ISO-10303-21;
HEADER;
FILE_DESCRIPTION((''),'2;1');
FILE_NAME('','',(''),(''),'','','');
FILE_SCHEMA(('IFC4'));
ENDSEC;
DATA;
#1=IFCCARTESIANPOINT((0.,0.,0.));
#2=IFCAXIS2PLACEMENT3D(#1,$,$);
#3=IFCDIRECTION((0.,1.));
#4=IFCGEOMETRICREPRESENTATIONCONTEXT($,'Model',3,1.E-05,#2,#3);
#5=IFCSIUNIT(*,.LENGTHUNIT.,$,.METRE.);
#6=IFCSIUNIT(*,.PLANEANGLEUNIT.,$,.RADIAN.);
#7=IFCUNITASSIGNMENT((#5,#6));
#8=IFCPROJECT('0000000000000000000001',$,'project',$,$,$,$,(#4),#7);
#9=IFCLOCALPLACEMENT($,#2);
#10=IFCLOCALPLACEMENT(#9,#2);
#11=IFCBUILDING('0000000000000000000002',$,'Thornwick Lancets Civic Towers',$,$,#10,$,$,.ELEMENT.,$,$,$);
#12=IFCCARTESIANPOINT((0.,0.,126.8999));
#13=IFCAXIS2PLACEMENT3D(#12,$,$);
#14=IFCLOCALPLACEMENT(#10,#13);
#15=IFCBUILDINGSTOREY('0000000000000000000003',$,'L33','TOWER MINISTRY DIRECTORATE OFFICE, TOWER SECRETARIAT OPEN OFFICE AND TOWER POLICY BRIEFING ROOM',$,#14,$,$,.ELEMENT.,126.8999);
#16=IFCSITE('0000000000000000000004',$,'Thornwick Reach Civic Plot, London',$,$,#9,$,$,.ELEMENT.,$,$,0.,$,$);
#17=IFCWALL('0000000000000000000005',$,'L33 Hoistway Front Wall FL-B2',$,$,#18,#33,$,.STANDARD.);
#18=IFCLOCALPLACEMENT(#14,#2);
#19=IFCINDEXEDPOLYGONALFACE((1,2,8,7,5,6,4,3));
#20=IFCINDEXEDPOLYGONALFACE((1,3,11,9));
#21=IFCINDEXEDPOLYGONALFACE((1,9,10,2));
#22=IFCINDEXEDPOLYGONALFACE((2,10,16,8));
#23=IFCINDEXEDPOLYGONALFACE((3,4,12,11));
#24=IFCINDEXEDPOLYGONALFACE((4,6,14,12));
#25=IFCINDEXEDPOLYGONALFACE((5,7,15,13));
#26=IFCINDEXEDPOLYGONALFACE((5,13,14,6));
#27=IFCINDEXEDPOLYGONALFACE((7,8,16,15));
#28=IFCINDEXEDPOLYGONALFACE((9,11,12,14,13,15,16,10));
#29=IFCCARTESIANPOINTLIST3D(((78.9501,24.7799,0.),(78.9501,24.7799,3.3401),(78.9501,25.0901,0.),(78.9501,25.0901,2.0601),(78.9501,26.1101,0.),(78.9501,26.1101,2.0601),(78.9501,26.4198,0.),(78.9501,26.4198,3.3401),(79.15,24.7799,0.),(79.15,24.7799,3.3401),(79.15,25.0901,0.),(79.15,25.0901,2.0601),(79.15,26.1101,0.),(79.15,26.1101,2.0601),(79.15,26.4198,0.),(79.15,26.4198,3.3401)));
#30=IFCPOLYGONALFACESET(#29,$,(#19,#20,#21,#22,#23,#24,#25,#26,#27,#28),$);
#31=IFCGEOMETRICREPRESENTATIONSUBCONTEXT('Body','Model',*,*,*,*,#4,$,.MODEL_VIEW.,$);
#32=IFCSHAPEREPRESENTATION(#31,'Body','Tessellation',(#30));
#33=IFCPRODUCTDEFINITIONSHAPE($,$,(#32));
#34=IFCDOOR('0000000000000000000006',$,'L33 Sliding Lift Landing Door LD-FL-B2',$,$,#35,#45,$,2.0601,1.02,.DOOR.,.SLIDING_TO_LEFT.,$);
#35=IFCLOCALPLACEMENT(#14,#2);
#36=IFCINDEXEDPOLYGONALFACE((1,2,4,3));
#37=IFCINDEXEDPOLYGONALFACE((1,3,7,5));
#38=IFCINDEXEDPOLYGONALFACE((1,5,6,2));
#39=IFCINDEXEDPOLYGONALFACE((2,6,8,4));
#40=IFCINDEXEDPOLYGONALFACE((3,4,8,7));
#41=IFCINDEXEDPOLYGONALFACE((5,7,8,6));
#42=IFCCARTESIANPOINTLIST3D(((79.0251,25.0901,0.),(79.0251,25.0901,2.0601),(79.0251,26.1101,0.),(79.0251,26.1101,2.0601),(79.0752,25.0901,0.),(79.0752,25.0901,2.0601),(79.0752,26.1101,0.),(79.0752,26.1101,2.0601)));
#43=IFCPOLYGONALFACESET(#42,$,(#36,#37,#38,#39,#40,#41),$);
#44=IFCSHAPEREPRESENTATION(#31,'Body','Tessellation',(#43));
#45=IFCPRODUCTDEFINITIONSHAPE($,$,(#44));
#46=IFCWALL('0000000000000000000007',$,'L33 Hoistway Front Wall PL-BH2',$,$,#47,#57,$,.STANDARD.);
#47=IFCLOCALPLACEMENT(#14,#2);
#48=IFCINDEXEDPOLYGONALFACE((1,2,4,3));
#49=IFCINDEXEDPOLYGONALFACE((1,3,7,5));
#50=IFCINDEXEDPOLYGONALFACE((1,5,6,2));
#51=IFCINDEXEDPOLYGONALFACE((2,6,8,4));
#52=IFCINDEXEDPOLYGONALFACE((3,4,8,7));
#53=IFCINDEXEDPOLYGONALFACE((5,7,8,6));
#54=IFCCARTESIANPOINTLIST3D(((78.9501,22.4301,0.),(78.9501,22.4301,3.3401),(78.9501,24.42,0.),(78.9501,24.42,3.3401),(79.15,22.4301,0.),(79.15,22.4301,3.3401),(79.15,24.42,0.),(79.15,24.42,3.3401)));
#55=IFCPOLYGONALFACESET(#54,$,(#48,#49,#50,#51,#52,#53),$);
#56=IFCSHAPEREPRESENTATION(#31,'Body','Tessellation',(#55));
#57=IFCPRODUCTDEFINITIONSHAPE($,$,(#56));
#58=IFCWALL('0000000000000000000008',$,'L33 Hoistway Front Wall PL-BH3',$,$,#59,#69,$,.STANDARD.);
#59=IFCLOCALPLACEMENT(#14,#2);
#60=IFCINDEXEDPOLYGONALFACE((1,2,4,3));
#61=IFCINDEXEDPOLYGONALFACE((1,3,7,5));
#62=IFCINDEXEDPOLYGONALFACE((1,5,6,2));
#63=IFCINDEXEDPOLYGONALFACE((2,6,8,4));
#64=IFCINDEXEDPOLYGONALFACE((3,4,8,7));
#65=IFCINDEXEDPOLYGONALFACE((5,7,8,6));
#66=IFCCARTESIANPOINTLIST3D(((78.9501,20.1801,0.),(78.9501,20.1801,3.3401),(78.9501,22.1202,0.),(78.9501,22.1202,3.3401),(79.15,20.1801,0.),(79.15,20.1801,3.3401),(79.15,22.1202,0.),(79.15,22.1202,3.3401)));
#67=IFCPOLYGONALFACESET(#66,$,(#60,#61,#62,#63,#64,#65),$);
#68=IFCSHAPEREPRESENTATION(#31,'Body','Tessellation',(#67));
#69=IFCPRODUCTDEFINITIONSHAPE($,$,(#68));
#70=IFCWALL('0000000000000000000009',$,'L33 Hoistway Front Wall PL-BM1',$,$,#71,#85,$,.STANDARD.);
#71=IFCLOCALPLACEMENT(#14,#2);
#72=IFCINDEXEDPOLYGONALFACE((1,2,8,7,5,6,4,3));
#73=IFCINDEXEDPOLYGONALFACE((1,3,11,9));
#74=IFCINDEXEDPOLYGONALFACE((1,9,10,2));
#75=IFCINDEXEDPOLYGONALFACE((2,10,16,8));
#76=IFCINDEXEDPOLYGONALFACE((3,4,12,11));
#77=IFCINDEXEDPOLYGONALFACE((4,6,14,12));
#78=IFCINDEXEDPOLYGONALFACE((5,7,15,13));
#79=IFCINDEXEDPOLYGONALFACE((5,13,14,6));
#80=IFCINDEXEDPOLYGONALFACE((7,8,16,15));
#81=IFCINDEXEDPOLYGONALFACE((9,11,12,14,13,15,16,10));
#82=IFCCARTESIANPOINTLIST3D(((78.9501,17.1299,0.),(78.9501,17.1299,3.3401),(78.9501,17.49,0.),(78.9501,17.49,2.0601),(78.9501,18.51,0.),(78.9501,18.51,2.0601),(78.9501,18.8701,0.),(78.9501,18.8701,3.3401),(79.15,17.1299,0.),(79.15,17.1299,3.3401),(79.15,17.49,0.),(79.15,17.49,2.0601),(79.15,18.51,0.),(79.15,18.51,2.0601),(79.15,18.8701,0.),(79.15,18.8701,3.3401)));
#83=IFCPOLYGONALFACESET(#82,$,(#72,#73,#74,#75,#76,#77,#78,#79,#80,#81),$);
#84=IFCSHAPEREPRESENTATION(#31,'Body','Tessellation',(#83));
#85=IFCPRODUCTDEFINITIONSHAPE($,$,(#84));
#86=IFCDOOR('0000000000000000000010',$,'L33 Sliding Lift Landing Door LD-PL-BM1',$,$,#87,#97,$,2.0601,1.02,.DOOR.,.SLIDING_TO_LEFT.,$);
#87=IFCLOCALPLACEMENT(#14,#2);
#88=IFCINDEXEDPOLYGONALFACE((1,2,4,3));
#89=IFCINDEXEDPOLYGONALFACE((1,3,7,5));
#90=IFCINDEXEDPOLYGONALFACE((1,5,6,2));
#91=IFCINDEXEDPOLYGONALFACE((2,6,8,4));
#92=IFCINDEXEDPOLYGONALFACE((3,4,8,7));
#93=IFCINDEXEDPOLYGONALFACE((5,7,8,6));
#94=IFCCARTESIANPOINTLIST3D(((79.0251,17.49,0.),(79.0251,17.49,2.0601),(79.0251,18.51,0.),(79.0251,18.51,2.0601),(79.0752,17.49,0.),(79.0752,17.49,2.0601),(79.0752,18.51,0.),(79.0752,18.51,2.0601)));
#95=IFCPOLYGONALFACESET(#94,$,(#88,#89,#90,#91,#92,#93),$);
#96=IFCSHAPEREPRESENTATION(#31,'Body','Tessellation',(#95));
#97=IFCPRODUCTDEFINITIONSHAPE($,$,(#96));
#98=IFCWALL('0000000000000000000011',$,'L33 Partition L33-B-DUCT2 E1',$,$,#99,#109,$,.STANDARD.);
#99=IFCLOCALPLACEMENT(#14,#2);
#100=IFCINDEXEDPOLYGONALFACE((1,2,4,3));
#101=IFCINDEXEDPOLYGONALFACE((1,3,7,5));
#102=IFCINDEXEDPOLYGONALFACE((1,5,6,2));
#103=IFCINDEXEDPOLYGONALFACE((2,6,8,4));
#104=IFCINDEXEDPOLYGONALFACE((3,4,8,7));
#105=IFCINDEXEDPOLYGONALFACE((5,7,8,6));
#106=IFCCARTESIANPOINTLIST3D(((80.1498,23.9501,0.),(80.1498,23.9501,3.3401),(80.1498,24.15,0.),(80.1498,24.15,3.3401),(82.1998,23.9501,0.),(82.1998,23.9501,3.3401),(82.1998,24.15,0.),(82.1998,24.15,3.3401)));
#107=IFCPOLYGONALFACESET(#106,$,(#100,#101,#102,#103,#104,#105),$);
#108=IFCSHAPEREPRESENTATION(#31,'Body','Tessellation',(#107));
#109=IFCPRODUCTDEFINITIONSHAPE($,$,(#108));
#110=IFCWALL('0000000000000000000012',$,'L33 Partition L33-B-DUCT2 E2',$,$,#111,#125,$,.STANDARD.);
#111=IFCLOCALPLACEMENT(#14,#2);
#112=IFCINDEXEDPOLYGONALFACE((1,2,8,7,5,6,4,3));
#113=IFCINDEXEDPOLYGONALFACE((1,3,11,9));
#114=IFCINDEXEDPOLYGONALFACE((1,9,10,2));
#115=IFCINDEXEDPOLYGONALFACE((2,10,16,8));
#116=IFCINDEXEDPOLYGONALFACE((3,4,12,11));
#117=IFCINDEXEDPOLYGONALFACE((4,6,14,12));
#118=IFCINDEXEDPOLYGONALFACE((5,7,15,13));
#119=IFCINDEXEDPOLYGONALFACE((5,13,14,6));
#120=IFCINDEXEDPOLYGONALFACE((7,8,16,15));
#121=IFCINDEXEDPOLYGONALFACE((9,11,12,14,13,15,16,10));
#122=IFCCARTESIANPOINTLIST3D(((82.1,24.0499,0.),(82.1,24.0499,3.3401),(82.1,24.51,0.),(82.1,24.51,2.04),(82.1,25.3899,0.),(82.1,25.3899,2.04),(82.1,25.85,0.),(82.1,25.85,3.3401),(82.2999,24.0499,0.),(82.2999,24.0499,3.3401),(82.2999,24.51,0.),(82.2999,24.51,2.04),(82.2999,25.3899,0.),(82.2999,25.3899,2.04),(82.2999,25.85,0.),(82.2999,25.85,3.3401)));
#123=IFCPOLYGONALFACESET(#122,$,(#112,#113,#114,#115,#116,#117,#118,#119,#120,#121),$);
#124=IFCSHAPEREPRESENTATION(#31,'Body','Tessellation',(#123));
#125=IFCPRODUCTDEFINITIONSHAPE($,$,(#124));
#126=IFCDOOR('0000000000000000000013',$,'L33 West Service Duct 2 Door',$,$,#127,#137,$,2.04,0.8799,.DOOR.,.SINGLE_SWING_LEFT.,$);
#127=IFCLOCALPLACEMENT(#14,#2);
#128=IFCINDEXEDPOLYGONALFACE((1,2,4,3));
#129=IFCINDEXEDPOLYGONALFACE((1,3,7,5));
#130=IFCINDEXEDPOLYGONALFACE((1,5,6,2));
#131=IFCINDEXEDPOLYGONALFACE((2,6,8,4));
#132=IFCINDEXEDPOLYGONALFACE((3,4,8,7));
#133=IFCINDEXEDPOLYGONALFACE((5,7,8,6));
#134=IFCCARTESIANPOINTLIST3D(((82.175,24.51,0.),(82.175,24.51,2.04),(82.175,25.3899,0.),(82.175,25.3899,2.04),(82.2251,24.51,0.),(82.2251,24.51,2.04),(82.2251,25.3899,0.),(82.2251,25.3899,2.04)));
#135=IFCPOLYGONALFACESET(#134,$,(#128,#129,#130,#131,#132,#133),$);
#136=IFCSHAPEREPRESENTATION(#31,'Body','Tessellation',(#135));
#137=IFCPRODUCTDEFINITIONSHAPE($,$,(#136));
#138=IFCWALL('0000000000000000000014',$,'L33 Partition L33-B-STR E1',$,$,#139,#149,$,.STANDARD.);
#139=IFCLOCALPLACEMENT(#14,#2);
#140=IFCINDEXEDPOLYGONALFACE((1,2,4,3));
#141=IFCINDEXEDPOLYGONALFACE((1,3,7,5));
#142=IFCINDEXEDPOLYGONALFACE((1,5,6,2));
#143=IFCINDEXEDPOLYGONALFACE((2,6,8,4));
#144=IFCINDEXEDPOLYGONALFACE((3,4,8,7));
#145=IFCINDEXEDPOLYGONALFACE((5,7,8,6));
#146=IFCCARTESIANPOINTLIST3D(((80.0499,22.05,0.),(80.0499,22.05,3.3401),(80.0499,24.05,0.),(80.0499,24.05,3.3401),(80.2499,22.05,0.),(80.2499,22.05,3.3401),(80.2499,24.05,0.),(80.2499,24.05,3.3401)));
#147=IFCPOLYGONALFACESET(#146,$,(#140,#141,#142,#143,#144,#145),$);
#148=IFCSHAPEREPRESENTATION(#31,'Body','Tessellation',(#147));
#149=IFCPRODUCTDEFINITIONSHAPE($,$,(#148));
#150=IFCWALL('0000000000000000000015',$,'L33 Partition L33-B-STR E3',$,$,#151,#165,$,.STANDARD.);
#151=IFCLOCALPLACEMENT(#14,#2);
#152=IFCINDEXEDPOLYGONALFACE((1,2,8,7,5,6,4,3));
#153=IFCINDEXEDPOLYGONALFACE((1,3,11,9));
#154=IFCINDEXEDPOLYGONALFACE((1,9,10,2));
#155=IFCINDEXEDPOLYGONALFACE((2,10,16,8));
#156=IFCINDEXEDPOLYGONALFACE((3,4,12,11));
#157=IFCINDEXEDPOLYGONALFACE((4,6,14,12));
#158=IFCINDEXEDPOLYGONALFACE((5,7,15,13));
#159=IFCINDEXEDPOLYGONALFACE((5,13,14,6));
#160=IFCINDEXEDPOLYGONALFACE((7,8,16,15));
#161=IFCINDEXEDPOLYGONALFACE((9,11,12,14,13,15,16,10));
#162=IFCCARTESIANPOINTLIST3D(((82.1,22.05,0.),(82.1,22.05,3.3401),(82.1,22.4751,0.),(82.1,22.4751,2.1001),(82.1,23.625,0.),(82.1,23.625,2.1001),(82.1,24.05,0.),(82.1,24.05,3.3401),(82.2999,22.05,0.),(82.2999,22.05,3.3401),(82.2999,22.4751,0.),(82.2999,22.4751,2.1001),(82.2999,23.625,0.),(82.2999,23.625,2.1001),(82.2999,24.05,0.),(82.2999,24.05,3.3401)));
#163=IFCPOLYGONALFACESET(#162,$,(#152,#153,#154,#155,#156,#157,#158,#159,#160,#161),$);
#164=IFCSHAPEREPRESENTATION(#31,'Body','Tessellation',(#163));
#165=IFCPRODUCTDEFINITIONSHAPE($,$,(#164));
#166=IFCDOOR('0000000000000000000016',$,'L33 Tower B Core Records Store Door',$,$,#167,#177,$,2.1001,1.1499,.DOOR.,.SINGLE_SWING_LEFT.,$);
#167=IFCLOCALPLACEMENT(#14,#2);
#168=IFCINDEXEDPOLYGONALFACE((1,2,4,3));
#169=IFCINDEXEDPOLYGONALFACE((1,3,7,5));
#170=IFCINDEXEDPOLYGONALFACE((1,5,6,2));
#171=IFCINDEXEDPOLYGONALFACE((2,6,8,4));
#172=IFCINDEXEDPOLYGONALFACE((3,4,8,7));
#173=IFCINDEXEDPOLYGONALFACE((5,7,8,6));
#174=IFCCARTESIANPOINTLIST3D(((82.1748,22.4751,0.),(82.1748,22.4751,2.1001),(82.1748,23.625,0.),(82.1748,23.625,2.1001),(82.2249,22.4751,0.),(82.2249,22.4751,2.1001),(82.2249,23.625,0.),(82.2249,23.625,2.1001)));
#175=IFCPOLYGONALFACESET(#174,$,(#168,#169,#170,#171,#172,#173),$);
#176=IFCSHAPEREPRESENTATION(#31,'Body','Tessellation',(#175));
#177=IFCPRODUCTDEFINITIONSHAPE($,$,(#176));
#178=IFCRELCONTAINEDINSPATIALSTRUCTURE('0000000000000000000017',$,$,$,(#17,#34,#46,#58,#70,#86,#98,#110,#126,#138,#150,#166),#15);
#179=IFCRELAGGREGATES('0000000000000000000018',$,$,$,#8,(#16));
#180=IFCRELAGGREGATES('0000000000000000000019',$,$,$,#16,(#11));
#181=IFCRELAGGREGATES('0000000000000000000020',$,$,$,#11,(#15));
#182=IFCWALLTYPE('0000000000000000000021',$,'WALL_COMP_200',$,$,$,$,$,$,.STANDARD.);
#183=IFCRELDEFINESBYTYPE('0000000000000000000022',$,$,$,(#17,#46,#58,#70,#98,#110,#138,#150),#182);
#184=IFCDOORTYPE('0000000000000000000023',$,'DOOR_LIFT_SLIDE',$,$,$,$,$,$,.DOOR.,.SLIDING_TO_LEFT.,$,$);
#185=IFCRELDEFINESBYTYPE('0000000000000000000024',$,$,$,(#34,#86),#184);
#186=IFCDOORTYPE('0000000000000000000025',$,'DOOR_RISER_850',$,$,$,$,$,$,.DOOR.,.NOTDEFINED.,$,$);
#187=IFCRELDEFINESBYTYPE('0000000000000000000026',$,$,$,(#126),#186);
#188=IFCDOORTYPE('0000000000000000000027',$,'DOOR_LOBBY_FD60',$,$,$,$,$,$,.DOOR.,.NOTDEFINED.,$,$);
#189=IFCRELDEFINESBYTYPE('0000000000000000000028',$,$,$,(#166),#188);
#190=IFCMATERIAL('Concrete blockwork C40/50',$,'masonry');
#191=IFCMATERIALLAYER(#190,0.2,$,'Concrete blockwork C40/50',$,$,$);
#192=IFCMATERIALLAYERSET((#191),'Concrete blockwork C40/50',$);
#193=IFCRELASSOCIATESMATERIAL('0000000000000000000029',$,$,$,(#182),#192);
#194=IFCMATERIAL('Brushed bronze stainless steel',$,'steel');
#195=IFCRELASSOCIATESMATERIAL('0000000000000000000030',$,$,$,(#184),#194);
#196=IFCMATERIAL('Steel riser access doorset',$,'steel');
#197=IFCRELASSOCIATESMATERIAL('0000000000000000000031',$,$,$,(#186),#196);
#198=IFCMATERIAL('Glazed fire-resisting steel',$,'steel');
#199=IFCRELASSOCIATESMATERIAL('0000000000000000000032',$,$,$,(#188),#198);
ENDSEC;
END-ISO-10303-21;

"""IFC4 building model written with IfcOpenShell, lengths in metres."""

from ifc_helpers import new_model, si_unit, direction, frame, frame_2d, origin, place, context, subcontext, project, spatial, rectangle, extrude, material, layer, layer_set, type_object, element, fill, save


model = new_model("IFC4")

# Units and contexts
model_context = context("Model", 3, precision=1e-05, world=origin(), true_north=direction((0.0, 1.0)))
body_context = subcontext(model_context, "Body", "Model", "MODEL_VIEW")
ifc_project = project(units=[si_unit("LENGTHUNIT", "METRE"), si_unit("PLANEANGLEUNIT", "RADIAN")], contexts=[model_context])

# Site, building, storey
site_placement = place(None, origin())
site = spatial("IfcSite", under=ifc_project, at=site_placement, Name="Thornwick Reach Civic Plot, London", CompositionType="ELEMENT", RefElevation=0.0)
building_placement = place(site_placement, origin())
building = spatial("IfcBuilding", under=site, at=building_placement, Name="Thornwick Lancets Civic Towers", CompositionType="ELEMENT")
storey_placement = place(building_placement, frame((0.0, 0.0, 126.8999)))
storey = spatial("IfcBuildingStorey", under=building, at=storey_placement, Name="L33", Description="TOWER MINISTRY DIRECTORATE OFFICE, TOWER SECRETARIAT OPEN OFFICE AND TOWER POLICY BRIEFING ROOM", CompositionType="ELEMENT", Elevation=126.8999)

# Wall, opening, door
ifc_material_1 = material(Name="Concrete blockwork C40/50", Category="masonry")
ifc_layer_1 = layer(ifc_material_1, 0.2, Name="Concrete blockwork C40/50")
ifc_layer_set_1 = layer_set([ifc_layer_1], Name="Concrete blockwork C40/50")
wall_type_1 = type_object("IfcWallType", Name="WALL_COMP_200", PredefinedType="STANDARD", material=ifc_layer_set_1)
wall_1_placement = place(storey_placement, frame((79.05, 24.78, 0.0), z_axis=(0.0, 0.0, 1.0), x_axis=(0.0, 1.0, 0.0)))
wall_1 = element("IfcWall", 1, at=wall_1_placement, inside=storey, type_object=wall_type_1, Name="L33 Hoistway Front Wall FL-B2", PredefinedType="STANDARD", context=body_context, shape_type="SweptSolid", body=[
    extrude(rectangle(XDim=1.6399, YDim=0.2, at=frame_2d((0.8198, 0.0))), origin(), (0.0, 0.0, 1.0), 3.3401),
])
opening_1_placement = place(wall_1_placement, frame((0.3101, 0.0, 0.0)))
opening_1 = element("IfcOpeningElement", 2, at=opening_1_placement, cuts=wall_1, PredefinedType="OPENING", context=body_context, shape_type="SweptSolid", body=[
    extrude(rectangle(XDim=1.02, YDim=2.0601, at=frame_2d((0.51, 1.03))), frame((0.0, 0.1099, 0.0), z_axis=(0.0, -1.0, 0.0), x_axis=(1.0, 0.0, 0.0)), (0.0, 0.0, 1.0), 0.22),
])
ifc_material_2 = material(Name="Brushed bronze stainless steel", Category="steel")
door_type_1 = type_object("IfcDoorType", Name="DOOR_LIFT_SLIDE", OperationType="SLIDING_TO_LEFT", PredefinedType="DOOR", material=ifc_material_2)
door_1_placement = place(opening_1_placement, origin())
door_1 = element("IfcDoor", 3, at=door_1_placement, inside=storey, type_object=door_type_1, Name="L33 Sliding Lift Landing Door LD-FL-B2", OperationType="SLIDING_TO_LEFT", OverallHeight=2.0601, OverallWidth=1.02, PredefinedType="DOOR", context=body_context, shape_type="SweptSolid", body=[
    extrude(rectangle(XDim=1.02, YDim=2.0601, at=frame_2d((0.51, 1.03))), frame((0.0, 0.0249, 0.0), z_axis=(0.0, -1.0, 0.0), x_axis=(1.0, 0.0, 0.0)), (0.0, 0.0, 1.0), 0.05),
])
fill(opening_1, door_1)

# Walls
wall_2_placement = place(storey_placement, frame((79.05, 22.4299, 0.0), z_axis=(0.0, 0.0, 1.0), x_axis=(0.0, 1.0, 0.0)))
element("IfcWall", 4, at=wall_2_placement, inside=storey, type_object=wall_type_1, Name="L33 Hoistway Front Wall PL-BH2", PredefinedType="STANDARD", context=body_context, shape_type="SweptSolid", body=[
    extrude(rectangle(XDim=1.99, YDim=0.2, at=frame_2d((0.9951, 0.0))), origin(), (0.0, 0.0, 1.0), 3.3401),
])
wall_3_placement = place(storey_placement, frame((79.05, 20.1799, 0.0), z_axis=(0.0, 0.0, 1.0), x_axis=(0.0, 1.0, 0.0)))
element("IfcWall", 5, at=wall_3_placement, inside=storey, type_object=wall_type_1, Name="L33 Hoistway Front Wall PL-BH3", PredefinedType="STANDARD", context=body_context, shape_type="SweptSolid", body=[
    extrude(rectangle(XDim=1.9402, YDim=0.2, at=frame_2d((0.9702, 0.0))), origin(), (0.0, 0.0, 1.0), 3.3401),
])

# Wall, opening, door
wall_4_placement = place(storey_placement, frame((79.05, 17.1299, 0.0), z_axis=(0.0, 0.0, 1.0), x_axis=(0.0, 1.0, 0.0)))
wall_4 = element("IfcWall", 6, at=wall_4_placement, inside=storey, type_object=wall_type_1, Name="L33 Hoistway Front Wall PL-BM1", PredefinedType="STANDARD", context=body_context, shape_type="SweptSolid", body=[
    extrude(rectangle(XDim=1.7402, YDim=0.2, at=frame_2d((0.8701, 0.0))), origin(), (0.0, 0.0, 1.0), 3.3401),
])
opening_2_placement = place(wall_4_placement, frame((0.3601, 0.0, 0.0)))
opening_2 = element("IfcOpeningElement", 7, at=opening_2_placement, cuts=wall_4, PredefinedType="OPENING", context=body_context, shape_type="SweptSolid", body=[
    extrude(rectangle(XDim=1.02, YDim=2.0601, at=frame_2d((0.51, 1.03))), frame((0.0, 0.1099, 0.0), z_axis=(0.0, -1.0, 0.0), x_axis=(1.0, 0.0, 0.0)), (0.0, 0.0, 1.0), 0.22),
])
door_2_placement = place(opening_2_placement, origin())
door_2 = element("IfcDoor", 8, at=door_2_placement, inside=storey, type_object=door_type_1, Name="L33 Sliding Lift Landing Door LD-PL-BM1", OperationType="SLIDING_TO_LEFT", OverallHeight=2.0601, OverallWidth=1.02, PredefinedType="DOOR", context=body_context, shape_type="SweptSolid", body=[
    extrude(rectangle(XDim=1.02, YDim=2.0601, at=frame_2d((0.51, 1.03))), frame((0.0, 0.0249, 0.0), z_axis=(0.0, -1.0, 0.0), x_axis=(1.0, 0.0, 0.0)), (0.0, 0.0, 1.0), 0.05),
])
fill(opening_2, door_2)

# Wall
wall_5_placement = place(storey_placement, frame((80.1499, 24.05, 0.0), z_axis=(0.0, 0.0, 1.0), x_axis=(1.0, 0.0, 0.0)))
element("IfcWall", 9, at=wall_5_placement, inside=storey, type_object=wall_type_1, Name="L33 Partition L33-B-DUCT2 E1", PredefinedType="STANDARD", context=body_context, shape_type="SweptSolid", body=[
    extrude(rectangle(XDim=2.05, YDim=0.2, at=frame_2d((1.0249, 0.0))), origin(), (0.0, 0.0, 1.0), 3.3401),
])

# Wall, opening, door
wall_6_placement = place(storey_placement, frame((82.2, 24.05, 0.0), z_axis=(0.0, 0.0, 1.0), x_axis=(0.0, 1.0, 0.0)))
wall_6 = element("IfcWall", 10, at=wall_6_placement, inside=storey, type_object=wall_type_1, Name="L33 Partition L33-B-DUCT2 E2", PredefinedType="STANDARD", context=body_context, shape_type="SweptSolid", body=[
    extrude(rectangle(XDim=1.8, YDim=0.2, at=frame_2d((0.8999, 0.0))), origin(), (0.0, 0.0, 1.0), 3.3401),
])
opening_3_placement = place(wall_6_placement, frame((0.46, 0.0, 0.0)))
opening_3 = element("IfcOpeningElement", 11, at=opening_3_placement, cuts=wall_6, PredefinedType="OPENING", context=body_context, shape_type="SweptSolid", body=[
    extrude(rectangle(XDim=0.8799, YDim=2.04, at=frame_2d((0.4399, 1.02))), frame((0.0, 0.1099, 0.0), z_axis=(0.0, -1.0, 0.0), x_axis=(1.0, 0.0, 0.0)), (0.0, 0.0, 1.0), 0.22),
])
ifc_material_3 = material(Name="Steel riser access doorset", Category="steel")
door_type_2 = type_object("IfcDoorType", Name="DOOR_RISER_850", OperationType="NOTDEFINED", PredefinedType="DOOR", material=ifc_material_3)
door_3_placement = place(opening_3_placement, origin())
door_3 = element("IfcDoor", 12, at=door_3_placement, inside=storey, type_object=door_type_2, Name="L33 West Service Duct 2 Door", OperationType="SINGLE_SWING_LEFT", OverallHeight=2.04, OverallWidth=0.8799, PredefinedType="DOOR", context=body_context, shape_type="SweptSolid", body=[
    extrude(rectangle(XDim=0.8799, YDim=2.04, at=frame_2d((0.4399, 1.02))), frame((0.0, 0.0249, 0.0), z_axis=(0.0, -1.0, 0.0), x_axis=(1.0, 0.0, 0.0)), (0.0, 0.0, 1.0), 0.05),
])
fill(opening_3, door_3)

# Wall
wall_7_placement = place(storey_placement, frame((80.1499, 22.05, 0.0), z_axis=(0.0, 0.0, 1.0), x_axis=(0.0, 1.0, 0.0)))
element("IfcWall", 13, at=wall_7_placement, inside=storey, type_object=wall_type_1, Name="L33 Partition L33-B-STR E1", PredefinedType="STANDARD", context=body_context, shape_type="SweptSolid", body=[
    extrude(rectangle(XDim=2.0, YDim=0.2, at=frame_2d((1.0, 0.0))), origin(), (0.0, 0.0, 1.0), 3.3401),
])

# Wall, opening, door
wall_8_placement = place(storey_placement, frame((82.2, 24.05, 0.0), z_axis=(0.0, 0.0, 1.0), x_axis=(0.0, -1.0, 0.0)))
wall_8 = element("IfcWall", 14, at=wall_8_placement, inside=storey, type_object=wall_type_1, Name="L33 Partition L33-B-STR E3", PredefinedType="STANDARD", context=body_context, shape_type="SweptSolid", body=[
    extrude(rectangle(XDim=2.0, YDim=0.2, at=frame_2d((1.0, 0.0))), origin(), (0.0, 0.0, 1.0), 3.3401),
])
opening_4_placement = place(wall_8_placement, frame((0.425, 0.0, 0.0)))
opening_4 = element("IfcOpeningElement", 15, at=opening_4_placement, cuts=wall_8, PredefinedType="OPENING", context=body_context, shape_type="SweptSolid", body=[
    extrude(rectangle(XDim=1.1499, YDim=2.1001, at=frame_2d((0.575, 1.05))), frame((0.0, 0.1099, 0.0), z_axis=(0.0, -1.0, 0.0), x_axis=(1.0, 0.0, 0.0)), (0.0, 0.0, 1.0), 0.22),
])
ifc_material_4 = material(Name="Glazed fire-resisting steel", Category="steel")
door_type_3 = type_object("IfcDoorType", Name="DOOR_LOBBY_FD60", OperationType="NOTDEFINED", PredefinedType="DOOR", material=ifc_material_4)
door_4_placement = place(opening_4_placement, origin())
door_4 = element("IfcDoor", 16, at=door_4_placement, inside=storey, type_object=door_type_3, Name="L33 Tower B Core Records Store Door", OperationType="SINGLE_SWING_LEFT", OverallHeight=2.1001, OverallWidth=1.1499, PredefinedType="DOOR", context=body_context, shape_type="SweptSolid", body=[
    extrude(rectangle(XDim=1.1499, YDim=2.1001, at=frame_2d((0.575, 1.05))), frame((0.0, 0.0249, 0.0), z_axis=(0.0, -1.0, 0.0), x_axis=(1.0, 0.0, 0.0)), (0.0, 0.0, 1.0), 0.05),
])
fill(opening_4, door_4)

save(model, "model.ifc")
